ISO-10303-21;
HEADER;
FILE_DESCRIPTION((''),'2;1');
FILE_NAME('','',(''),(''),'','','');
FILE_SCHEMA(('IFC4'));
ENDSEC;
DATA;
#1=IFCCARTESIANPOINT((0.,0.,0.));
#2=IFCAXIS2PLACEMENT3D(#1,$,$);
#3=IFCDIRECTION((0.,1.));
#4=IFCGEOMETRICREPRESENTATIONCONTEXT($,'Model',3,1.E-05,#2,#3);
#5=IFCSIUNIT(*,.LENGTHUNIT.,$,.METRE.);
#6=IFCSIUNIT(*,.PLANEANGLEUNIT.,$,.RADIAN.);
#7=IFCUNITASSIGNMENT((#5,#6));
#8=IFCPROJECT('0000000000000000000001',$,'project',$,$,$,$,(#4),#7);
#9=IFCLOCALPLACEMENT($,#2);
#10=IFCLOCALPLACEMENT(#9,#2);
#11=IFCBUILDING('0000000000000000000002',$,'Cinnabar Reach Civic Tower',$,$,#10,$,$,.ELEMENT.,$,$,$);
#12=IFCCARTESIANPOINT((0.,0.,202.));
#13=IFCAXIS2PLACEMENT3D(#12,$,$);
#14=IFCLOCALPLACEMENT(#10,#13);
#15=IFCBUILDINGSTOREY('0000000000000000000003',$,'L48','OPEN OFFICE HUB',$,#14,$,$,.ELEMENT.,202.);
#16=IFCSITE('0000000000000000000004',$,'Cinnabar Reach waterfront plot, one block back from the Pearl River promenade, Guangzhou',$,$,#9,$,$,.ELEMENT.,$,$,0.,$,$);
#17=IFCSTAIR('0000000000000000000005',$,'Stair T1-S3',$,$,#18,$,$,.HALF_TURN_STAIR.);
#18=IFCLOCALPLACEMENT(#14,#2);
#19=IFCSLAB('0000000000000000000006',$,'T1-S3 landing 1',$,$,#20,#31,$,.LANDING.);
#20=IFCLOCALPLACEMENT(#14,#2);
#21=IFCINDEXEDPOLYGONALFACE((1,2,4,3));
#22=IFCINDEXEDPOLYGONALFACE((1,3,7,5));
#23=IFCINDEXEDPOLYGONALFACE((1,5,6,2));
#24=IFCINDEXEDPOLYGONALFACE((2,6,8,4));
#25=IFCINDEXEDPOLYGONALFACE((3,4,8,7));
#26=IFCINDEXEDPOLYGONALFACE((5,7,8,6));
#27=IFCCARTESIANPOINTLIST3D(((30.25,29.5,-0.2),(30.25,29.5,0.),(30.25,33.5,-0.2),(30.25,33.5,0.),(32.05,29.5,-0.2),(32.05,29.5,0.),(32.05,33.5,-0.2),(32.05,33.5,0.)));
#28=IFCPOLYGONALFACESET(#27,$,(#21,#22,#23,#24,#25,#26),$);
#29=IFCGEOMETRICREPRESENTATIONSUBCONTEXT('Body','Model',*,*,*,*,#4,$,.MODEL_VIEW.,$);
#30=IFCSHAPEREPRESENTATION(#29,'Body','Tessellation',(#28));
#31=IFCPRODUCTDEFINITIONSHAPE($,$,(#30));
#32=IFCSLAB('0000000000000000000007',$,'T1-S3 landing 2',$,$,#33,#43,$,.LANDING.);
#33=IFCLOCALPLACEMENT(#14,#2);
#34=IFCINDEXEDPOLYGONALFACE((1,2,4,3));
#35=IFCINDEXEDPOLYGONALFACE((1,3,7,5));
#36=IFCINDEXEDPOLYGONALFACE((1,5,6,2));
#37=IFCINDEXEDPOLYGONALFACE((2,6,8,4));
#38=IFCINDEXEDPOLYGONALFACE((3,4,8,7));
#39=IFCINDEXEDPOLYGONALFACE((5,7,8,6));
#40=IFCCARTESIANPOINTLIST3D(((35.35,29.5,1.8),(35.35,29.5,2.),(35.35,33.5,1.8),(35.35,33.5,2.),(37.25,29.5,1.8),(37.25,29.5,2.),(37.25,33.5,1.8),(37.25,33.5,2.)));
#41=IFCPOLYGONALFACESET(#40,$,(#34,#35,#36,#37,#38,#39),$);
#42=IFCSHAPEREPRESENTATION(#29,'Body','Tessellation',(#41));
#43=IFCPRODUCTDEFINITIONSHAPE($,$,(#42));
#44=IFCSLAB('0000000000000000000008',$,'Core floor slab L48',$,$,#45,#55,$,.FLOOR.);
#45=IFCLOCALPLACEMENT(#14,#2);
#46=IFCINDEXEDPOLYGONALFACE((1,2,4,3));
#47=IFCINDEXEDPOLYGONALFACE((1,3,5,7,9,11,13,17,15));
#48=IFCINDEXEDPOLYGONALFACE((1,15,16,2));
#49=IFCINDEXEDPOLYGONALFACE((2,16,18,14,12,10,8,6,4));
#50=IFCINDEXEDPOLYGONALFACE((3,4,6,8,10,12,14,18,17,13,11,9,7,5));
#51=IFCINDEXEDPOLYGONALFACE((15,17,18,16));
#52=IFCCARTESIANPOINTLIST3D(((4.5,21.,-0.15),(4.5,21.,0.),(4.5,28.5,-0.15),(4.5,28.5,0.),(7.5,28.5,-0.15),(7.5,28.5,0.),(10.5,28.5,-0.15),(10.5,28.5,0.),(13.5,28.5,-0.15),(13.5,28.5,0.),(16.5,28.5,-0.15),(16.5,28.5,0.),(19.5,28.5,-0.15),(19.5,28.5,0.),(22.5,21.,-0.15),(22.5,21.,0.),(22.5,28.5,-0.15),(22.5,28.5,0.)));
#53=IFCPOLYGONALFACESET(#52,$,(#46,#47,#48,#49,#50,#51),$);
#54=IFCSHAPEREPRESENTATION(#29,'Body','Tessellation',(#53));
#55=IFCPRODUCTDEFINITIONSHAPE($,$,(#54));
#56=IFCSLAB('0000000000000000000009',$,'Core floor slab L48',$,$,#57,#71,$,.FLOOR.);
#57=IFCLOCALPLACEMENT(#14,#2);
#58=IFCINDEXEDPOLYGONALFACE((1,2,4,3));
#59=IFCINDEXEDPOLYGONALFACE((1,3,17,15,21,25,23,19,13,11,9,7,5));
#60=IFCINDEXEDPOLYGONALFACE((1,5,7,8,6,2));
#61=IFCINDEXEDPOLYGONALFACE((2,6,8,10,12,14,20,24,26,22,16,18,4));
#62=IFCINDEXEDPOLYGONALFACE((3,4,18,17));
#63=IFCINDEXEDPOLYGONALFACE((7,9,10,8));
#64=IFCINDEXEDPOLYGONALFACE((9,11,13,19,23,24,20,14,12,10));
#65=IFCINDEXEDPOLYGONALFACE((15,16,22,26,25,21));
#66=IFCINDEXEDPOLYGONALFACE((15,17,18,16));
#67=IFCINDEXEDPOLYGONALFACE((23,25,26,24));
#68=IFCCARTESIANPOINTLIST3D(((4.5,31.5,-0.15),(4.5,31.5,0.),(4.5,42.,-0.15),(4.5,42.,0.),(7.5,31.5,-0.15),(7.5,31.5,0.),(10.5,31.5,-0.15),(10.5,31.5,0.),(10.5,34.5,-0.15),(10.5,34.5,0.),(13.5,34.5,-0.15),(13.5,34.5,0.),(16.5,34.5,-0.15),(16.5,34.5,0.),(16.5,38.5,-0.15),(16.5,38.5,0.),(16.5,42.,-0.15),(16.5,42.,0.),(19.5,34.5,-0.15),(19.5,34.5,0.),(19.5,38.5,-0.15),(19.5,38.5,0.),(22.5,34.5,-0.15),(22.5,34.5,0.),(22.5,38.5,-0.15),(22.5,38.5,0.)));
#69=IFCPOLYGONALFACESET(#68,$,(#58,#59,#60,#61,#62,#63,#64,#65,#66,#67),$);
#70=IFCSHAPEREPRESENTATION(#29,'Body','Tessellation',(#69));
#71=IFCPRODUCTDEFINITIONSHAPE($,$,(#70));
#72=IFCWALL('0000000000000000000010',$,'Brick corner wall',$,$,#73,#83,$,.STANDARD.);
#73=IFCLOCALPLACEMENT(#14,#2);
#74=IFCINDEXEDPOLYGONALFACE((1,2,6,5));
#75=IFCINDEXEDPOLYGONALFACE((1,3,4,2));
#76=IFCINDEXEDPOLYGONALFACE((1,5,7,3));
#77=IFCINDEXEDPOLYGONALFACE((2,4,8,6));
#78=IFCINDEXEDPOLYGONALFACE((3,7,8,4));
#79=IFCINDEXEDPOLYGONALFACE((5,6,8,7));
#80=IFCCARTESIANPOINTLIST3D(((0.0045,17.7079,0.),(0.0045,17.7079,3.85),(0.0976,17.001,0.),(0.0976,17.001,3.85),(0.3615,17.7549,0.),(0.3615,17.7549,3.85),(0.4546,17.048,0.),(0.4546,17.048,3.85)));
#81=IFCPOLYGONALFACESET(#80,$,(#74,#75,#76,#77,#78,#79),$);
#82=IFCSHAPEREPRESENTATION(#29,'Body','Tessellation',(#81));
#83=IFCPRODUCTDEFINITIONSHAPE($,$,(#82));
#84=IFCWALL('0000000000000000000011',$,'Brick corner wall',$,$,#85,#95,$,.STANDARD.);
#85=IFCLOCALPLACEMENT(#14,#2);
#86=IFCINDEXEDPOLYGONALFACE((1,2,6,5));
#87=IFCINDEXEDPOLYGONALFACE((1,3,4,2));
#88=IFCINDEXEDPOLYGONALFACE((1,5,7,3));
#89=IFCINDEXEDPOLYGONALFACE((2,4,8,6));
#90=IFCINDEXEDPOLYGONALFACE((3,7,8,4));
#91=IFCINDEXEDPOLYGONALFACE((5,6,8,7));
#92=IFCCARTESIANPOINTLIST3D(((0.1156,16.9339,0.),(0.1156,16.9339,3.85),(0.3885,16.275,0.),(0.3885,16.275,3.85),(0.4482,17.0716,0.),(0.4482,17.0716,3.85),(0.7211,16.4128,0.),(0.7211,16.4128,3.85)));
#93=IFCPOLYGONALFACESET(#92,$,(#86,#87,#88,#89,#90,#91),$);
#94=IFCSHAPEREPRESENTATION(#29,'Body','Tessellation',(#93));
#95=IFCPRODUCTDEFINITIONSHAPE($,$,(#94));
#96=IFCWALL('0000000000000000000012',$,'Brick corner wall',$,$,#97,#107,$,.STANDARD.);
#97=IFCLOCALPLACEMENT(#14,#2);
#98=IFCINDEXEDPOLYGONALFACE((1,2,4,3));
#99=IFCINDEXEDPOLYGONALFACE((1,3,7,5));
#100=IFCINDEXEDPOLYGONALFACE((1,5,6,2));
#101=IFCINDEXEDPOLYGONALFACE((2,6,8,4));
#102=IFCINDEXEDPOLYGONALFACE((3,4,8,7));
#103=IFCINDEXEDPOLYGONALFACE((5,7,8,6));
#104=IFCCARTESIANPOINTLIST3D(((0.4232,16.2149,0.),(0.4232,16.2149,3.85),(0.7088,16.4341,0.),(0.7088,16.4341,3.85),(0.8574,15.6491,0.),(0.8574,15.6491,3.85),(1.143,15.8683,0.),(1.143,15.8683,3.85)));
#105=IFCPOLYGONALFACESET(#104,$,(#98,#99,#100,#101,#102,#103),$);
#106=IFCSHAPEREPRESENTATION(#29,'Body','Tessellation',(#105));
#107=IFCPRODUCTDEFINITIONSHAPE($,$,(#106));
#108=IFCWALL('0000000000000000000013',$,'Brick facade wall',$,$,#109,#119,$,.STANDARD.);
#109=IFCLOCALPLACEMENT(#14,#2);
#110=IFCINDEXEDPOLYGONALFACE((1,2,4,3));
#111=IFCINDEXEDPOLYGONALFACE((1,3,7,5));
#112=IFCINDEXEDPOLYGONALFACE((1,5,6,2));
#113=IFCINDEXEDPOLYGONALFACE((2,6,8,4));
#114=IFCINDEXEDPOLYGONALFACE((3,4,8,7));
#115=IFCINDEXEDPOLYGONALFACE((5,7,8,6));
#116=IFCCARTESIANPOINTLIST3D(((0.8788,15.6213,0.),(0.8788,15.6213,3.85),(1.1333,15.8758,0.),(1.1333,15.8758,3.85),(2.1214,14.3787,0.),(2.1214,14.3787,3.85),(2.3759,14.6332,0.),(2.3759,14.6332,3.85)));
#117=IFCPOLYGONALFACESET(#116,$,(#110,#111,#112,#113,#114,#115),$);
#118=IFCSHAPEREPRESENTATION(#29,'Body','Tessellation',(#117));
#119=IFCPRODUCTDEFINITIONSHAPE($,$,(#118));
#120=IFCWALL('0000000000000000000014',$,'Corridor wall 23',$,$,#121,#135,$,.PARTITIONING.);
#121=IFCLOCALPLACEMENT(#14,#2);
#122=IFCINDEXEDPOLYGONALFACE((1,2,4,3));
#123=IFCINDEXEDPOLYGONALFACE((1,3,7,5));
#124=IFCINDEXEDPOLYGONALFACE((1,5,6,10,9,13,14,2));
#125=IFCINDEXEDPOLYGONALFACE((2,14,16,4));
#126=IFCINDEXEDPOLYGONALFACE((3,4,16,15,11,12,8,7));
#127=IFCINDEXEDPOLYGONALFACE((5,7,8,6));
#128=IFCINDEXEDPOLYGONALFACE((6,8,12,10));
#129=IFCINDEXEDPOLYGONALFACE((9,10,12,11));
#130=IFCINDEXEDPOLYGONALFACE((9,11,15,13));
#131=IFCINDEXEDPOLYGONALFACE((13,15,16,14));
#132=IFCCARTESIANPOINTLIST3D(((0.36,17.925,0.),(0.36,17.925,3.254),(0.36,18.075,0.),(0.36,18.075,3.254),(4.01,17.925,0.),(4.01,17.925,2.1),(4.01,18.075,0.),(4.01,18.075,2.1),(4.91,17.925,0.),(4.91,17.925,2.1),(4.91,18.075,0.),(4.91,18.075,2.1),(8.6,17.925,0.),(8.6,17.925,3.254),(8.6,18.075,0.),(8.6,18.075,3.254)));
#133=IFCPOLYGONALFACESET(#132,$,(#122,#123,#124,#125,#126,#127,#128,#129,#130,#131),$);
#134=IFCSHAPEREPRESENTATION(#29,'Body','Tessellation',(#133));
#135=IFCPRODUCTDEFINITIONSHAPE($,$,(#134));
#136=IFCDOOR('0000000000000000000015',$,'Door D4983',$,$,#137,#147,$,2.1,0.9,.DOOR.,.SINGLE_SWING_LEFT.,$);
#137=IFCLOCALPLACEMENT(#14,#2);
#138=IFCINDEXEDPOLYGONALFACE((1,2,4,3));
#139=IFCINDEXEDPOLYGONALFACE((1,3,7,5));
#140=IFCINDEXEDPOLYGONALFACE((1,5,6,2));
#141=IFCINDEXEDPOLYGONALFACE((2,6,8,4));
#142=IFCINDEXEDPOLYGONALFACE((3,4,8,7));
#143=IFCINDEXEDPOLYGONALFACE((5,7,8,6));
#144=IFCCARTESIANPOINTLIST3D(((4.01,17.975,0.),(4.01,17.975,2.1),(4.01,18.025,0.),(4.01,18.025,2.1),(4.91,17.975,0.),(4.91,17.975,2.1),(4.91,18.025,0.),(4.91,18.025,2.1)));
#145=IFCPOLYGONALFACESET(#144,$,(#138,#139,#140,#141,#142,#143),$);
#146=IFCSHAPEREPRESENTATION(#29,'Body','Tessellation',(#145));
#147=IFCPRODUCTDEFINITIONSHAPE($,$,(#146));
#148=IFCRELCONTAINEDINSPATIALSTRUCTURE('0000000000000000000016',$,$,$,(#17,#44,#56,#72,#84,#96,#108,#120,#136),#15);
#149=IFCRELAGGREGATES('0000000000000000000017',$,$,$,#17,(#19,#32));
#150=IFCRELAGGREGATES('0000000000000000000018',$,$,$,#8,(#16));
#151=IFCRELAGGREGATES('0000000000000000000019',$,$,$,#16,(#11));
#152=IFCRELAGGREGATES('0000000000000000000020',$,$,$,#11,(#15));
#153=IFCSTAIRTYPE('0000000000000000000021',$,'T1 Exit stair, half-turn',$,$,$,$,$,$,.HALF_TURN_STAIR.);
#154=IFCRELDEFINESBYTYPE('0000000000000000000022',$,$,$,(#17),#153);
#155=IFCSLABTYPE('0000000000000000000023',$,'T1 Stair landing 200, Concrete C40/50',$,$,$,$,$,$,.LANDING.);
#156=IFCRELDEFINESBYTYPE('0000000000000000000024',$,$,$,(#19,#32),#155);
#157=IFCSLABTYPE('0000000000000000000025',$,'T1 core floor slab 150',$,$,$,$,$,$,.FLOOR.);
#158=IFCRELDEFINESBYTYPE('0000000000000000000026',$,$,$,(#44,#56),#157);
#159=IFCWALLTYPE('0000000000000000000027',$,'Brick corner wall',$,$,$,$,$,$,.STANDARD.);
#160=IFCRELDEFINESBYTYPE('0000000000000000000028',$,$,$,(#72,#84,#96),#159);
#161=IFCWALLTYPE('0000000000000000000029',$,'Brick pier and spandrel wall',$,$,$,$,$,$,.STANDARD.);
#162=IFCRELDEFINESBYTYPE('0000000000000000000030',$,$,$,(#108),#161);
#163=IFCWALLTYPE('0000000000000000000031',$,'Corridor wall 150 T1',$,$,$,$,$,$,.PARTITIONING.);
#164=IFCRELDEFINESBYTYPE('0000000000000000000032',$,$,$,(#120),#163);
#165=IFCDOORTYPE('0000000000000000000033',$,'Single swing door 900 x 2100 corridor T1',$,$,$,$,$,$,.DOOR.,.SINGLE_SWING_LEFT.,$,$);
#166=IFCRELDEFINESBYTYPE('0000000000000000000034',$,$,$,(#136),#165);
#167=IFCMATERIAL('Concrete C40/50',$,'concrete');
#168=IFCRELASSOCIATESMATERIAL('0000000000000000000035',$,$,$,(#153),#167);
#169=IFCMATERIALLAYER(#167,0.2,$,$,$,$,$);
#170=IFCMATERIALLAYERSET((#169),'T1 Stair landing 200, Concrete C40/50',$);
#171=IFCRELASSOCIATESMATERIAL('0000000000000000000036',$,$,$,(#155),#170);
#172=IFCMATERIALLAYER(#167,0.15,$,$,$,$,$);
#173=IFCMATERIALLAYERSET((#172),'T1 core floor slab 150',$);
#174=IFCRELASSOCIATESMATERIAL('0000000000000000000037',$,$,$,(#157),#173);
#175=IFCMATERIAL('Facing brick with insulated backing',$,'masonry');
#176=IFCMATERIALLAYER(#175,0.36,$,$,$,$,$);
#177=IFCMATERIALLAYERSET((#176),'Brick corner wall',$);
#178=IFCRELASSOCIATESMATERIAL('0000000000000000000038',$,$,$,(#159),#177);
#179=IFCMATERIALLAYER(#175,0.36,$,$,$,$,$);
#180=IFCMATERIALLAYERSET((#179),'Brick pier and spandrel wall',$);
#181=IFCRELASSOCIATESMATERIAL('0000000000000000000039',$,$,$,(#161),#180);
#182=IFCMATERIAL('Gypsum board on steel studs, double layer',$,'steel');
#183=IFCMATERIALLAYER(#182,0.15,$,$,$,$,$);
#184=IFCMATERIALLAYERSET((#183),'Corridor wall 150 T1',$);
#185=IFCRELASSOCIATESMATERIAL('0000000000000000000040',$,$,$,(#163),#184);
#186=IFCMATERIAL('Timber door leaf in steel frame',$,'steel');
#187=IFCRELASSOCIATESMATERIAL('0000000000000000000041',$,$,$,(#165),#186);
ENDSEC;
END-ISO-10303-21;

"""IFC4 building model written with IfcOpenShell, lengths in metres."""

from ifc_helpers import new_model, si_unit, direction, frame, frame_2d, origin, place, context, subcontext, project, spatial, polyline, rectangle, outline, extrude, material, layer, layer_set, type_object, element, fill, aggregate, save


model = new_model("IFC4")

# Units and contexts
model_context = context("Model", 3, precision=1e-05, world=origin(), true_north=direction((0.0, 1.0)))
body_context = subcontext(model_context, "Body", "Model", "MODEL_VIEW")
ifc_project = project(units=[si_unit("LENGTHUNIT", "METRE"), si_unit("PLANEANGLEUNIT", "RADIAN")], contexts=[model_context])

# Site, building, storey
site_placement = place(None, origin())
site = spatial("IfcSite", under=ifc_project, at=site_placement, Name="Cinnabar Reach waterfront plot, one block back from the Pearl River promenade, Guangzhou", CompositionType="ELEMENT", RefElevation=0.0)
building_placement = place(site_placement, origin())
building = spatial("IfcBuilding", under=site, at=building_placement, Name="Cinnabar Reach Civic Tower", CompositionType="ELEMENT")
storey_placement = place(building_placement, frame((0.0, 0.0, 202.0)))
storey = spatial("IfcBuildingStorey", under=building, at=storey_placement, Name="L48", Description="OPEN OFFICE HUB", CompositionType="ELEMENT", Elevation=202.0)

# Stair, slabs
ifc_material_1 = material(Name="Concrete C40/50", Category="concrete")
stair_type = type_object("IfcStairType", Name="T1 Exit stair, half-turn", PredefinedType="HALF_TURN_STAIR", material=ifc_material_1)
ifc_layer_1 = layer(ifc_material_1, 0.2)
ifc_layer_set_1 = layer_set([ifc_layer_1], Name="T1 Stair landing 200, Concrete C40/50")
slab_type_1 = type_object("IfcSlabType", Name="T1 Stair landing 200, Concrete C40/50", PredefinedType="LANDING", material=ifc_layer_set_1)
stair_1_placement = place(storey_placement, origin())
stair_1 = element("IfcStair", 1, at=stair_1_placement, inside=storey, type_object=stair_type, Name="Stair T1-S3", PredefinedType="HALF_TURN_STAIR")
slab_1_placement = place(storey_placement, frame((0.0, 0.0, -0.2)))
slab_1 = element("IfcSlab", 2, at=slab_1_placement, type_object=slab_type_1, Name="T1-S3 landing 1", PredefinedType="LANDING", context=body_context, shape_type="SweptSolid", body=[
    extrude(outline(polyline([(30.25, 29.5), (32.05, 29.5), (32.05, 33.5), (30.25, 33.5), (30.25, 29.5)])), origin(), (0.0, 0.0, 1.0), 0.2),
])
slab_2_placement = place(storey_placement, frame((0.0, 0.0, 1.8)))
slab_2 = element("IfcSlab", 3, at=slab_2_placement, type_object=slab_type_1, Name="T1-S3 landing 2", PredefinedType="LANDING", context=body_context, shape_type="SweptSolid", body=[
    extrude(outline(polyline([(35.35, 29.5), (37.25, 29.5), (37.25, 33.5), (35.35, 33.5), (35.35, 29.5)])), origin(), (0.0, 0.0, 1.0), 0.2),
])
aggregate(stair_1, [slab_1, slab_2])

# Slabs
ifc_layer_2 = layer(ifc_material_1, 0.15)
ifc_layer_set_2 = layer_set([ifc_layer_2], Name="T1 core floor slab 150")
slab_type_2 = type_object("IfcSlabType", Name="T1 core floor slab 150", PredefinedType="FLOOR", material=ifc_layer_set_2)
slab_3_placement = place(storey_placement, frame((0.0, 0.0, -0.15)))
element("IfcSlab", 4, at=slab_3_placement, inside=storey, type_object=slab_type_2, Name="Core floor slab L48", PredefinedType="FLOOR", context=body_context, shape_type="SweptSolid", body=[
    extrude(outline(polyline([(22.5, 21.0), (4.5, 21.0), (4.5, 28.5), (7.5, 28.5), (10.5, 28.5), (13.5, 28.5), (16.5, 28.5), (19.5, 28.5), (22.5, 28.5), (22.5, 21.0)])), origin(), (0.0, 0.0, 1.0), 0.15),
])
slab_4_placement = place(storey_placement, frame((0.0, 0.0, -0.15)))
element("IfcSlab", 5, at=slab_4_placement, inside=storey, type_object=slab_type_2, Name="Core floor slab L48", PredefinedType="FLOOR", context=body_context, shape_type="SweptSolid", body=[
    extrude(outline(polyline([(22.5, 34.5), (19.5, 34.5), (16.5, 34.5), (13.5, 34.5), (10.5, 34.5), (10.5, 31.5), (7.5, 31.5), (4.5, 31.5), (4.5, 42.0), (16.5, 42.0), (16.5, 38.5), (19.5, 38.5), (22.5, 38.5), (22.5, 34.5)])), origin(), (0.0, 0.0, 1.0), 0.15),
])

# Walls
ifc_material_2 = material(Name="Facing brick with insulated backing", Category="masonry")
ifc_layer_3 = layer(ifc_material_2, 0.36)
ifc_layer_set_3 = layer_set([ifc_layer_3], Name="Brick corner wall")
wall_type_1 = type_object("IfcWallType", Name="Brick corner wall", PredefinedType="STANDARD", material=ifc_layer_set_3)
for number, where, z_axis, x_axis, name in (
    (6, (0.183, 17.7314, 0.0), (0.0, 0.0, 1.0), (0.130556, -0.991441, 0.0), "Brick corner wall"),
    (7, (0.2819, 17.0027, 0.0), (0.0, 0.0, 1.0), (0.382703, -0.923872, 0.0), "Brick corner wall"),
):
    element("IfcWall", number, at=place(storey_placement, frame(where, z_axis=z_axis, x_axis=x_axis)), inside=storey, type_object=wall_type_1, Name=name, PredefinedType="STANDARD", context=body_context, shape_type="SweptSolid", body=[
        extrude(rectangle(XDim=0.7131, YDim=0.36, at=frame_2d((0.3565, 0.0))), origin(), (0.0, 0.0, 1.0), 3.85),
    ])
wall_1_placement = place(storey_placement, frame((0.566, 16.3245, 0.0), z_axis=(0.0, 0.0, 1.0), x_axis=(0.608802, -0.793322, 0.0)))
element("IfcWall", 8, at=wall_1_placement, inside=storey, type_object=wall_type_1, Name="Brick corner wall", PredefinedType="STANDARD", context=body_context, shape_type="SweptSolid", body=[
    extrude(rectangle(XDim=0.7132, YDim=0.36, at=frame_2d((0.3566, 0.0))), origin(), (0.0, 0.0, 1.0), 3.85),
])
ifc_layer_4 = layer(ifc_material_2, 0.36)
ifc_layer_set_4 = layer_set([ifc_layer_4], Name="Brick pier and spandrel wall")
wall_type_2 = type_object("IfcWallType", Name="Brick pier and spandrel wall", PredefinedType="STANDARD", material=ifc_layer_set_4)
wall_2_placement = place(storey_placement, frame((1.006, 15.7486, 0.0), z_axis=(0.0, 0.0, 1.0), x_axis=(0.707107, -0.707107, 0.0)))
element("IfcWall", 9, at=wall_2_placement, inside=storey, type_object=wall_type_2, Name="Brick facade wall", PredefinedType="STANDARD", context=body_context, shape_type="SweptSolid", body=[
    extrude(rectangle(XDim=1.7573, YDim=0.36, at=frame_2d((0.8787, 0.0))), origin(), (0.0, 0.0, 1.0), 3.85),
])

# Wall, opening, door
ifc_material_3 = material(Name="Gypsum board on steel studs, double layer", Category="steel")
ifc_layer_5 = layer(ifc_material_3, 0.15)
ifc_layer_set_5 = layer_set([ifc_layer_5], Name="Corridor wall 150 T1")
wall_type_3 = type_object("IfcWallType", Name="Corridor wall 150 T1", PredefinedType="PARTITIONING", material=ifc_layer_set_5)
wall_3_placement = place(storey_placement, frame((0.36, 18.0, 0.0), z_axis=(0.0, 0.0, 1.0), x_axis=(1.0, 0.0, 0.0)))
wall_3 = element("IfcWall", 10, at=wall_3_placement, inside=storey, type_object=wall_type_3, Name="Corridor wall 23", PredefinedType="PARTITIONING", context=body_context, shape_type="SweptSolid", body=[
    extrude(rectangle(XDim=8.24, YDim=0.15, at=frame_2d((4.12, 0.0))), origin(), (0.0, 0.0, 1.0), 3.254),
])
opening_placement = place(wall_3_placement, frame((3.65, 0.0, 0.0)))
opening = element("IfcOpeningElement", 11, at=opening_placement, cuts=wall_3, PredefinedType="OPENING", context=body_context, shape_type="SweptSolid", body=[
    extrude(rectangle(XDim=0.9, YDim=2.1, at=frame_2d((0.45, 1.05))), frame((0.0, 0.085, 0.0), z_axis=(0.0, -1.0, 0.0), x_axis=(1.0, 0.0, 0.0)), (0.0, 0.0, 1.0), 0.17),
])
ifc_material_4 = material(Name="Timber door leaf in steel frame", Category="steel")
door_type = type_object("IfcDoorType", Name="Single swing door 900 x 2100 corridor T1", OperationType="SINGLE_SWING_LEFT", PredefinedType="DOOR", material=ifc_material_4)
door_placement = place(opening_placement, frame((0.9, 0.0, 0.0), z_axis=(0.0, 0.0, 1.0), x_axis=(-1.0, 0.0, 0.0)))
door = element("IfcDoor", 12, at=door_placement, inside=storey, type_object=door_type, Name="Door D4983", OperationType="SINGLE_SWING_LEFT", OverallHeight=2.1, OverallWidth=0.9, PredefinedType="DOOR", context=body_context, shape_type="SweptSolid", body=[
    extrude(rectangle(XDim=0.9, YDim=2.1, at=frame_2d((0.45, 1.05))), frame((0.0, 0.025, 0.0), z_axis=(0.0, -1.0, 0.0), x_axis=(1.0, 0.0, 0.0)), (0.0, 0.0, 1.0), 0.05),
])
fill(opening, door)

save(model, "model.ifc")
